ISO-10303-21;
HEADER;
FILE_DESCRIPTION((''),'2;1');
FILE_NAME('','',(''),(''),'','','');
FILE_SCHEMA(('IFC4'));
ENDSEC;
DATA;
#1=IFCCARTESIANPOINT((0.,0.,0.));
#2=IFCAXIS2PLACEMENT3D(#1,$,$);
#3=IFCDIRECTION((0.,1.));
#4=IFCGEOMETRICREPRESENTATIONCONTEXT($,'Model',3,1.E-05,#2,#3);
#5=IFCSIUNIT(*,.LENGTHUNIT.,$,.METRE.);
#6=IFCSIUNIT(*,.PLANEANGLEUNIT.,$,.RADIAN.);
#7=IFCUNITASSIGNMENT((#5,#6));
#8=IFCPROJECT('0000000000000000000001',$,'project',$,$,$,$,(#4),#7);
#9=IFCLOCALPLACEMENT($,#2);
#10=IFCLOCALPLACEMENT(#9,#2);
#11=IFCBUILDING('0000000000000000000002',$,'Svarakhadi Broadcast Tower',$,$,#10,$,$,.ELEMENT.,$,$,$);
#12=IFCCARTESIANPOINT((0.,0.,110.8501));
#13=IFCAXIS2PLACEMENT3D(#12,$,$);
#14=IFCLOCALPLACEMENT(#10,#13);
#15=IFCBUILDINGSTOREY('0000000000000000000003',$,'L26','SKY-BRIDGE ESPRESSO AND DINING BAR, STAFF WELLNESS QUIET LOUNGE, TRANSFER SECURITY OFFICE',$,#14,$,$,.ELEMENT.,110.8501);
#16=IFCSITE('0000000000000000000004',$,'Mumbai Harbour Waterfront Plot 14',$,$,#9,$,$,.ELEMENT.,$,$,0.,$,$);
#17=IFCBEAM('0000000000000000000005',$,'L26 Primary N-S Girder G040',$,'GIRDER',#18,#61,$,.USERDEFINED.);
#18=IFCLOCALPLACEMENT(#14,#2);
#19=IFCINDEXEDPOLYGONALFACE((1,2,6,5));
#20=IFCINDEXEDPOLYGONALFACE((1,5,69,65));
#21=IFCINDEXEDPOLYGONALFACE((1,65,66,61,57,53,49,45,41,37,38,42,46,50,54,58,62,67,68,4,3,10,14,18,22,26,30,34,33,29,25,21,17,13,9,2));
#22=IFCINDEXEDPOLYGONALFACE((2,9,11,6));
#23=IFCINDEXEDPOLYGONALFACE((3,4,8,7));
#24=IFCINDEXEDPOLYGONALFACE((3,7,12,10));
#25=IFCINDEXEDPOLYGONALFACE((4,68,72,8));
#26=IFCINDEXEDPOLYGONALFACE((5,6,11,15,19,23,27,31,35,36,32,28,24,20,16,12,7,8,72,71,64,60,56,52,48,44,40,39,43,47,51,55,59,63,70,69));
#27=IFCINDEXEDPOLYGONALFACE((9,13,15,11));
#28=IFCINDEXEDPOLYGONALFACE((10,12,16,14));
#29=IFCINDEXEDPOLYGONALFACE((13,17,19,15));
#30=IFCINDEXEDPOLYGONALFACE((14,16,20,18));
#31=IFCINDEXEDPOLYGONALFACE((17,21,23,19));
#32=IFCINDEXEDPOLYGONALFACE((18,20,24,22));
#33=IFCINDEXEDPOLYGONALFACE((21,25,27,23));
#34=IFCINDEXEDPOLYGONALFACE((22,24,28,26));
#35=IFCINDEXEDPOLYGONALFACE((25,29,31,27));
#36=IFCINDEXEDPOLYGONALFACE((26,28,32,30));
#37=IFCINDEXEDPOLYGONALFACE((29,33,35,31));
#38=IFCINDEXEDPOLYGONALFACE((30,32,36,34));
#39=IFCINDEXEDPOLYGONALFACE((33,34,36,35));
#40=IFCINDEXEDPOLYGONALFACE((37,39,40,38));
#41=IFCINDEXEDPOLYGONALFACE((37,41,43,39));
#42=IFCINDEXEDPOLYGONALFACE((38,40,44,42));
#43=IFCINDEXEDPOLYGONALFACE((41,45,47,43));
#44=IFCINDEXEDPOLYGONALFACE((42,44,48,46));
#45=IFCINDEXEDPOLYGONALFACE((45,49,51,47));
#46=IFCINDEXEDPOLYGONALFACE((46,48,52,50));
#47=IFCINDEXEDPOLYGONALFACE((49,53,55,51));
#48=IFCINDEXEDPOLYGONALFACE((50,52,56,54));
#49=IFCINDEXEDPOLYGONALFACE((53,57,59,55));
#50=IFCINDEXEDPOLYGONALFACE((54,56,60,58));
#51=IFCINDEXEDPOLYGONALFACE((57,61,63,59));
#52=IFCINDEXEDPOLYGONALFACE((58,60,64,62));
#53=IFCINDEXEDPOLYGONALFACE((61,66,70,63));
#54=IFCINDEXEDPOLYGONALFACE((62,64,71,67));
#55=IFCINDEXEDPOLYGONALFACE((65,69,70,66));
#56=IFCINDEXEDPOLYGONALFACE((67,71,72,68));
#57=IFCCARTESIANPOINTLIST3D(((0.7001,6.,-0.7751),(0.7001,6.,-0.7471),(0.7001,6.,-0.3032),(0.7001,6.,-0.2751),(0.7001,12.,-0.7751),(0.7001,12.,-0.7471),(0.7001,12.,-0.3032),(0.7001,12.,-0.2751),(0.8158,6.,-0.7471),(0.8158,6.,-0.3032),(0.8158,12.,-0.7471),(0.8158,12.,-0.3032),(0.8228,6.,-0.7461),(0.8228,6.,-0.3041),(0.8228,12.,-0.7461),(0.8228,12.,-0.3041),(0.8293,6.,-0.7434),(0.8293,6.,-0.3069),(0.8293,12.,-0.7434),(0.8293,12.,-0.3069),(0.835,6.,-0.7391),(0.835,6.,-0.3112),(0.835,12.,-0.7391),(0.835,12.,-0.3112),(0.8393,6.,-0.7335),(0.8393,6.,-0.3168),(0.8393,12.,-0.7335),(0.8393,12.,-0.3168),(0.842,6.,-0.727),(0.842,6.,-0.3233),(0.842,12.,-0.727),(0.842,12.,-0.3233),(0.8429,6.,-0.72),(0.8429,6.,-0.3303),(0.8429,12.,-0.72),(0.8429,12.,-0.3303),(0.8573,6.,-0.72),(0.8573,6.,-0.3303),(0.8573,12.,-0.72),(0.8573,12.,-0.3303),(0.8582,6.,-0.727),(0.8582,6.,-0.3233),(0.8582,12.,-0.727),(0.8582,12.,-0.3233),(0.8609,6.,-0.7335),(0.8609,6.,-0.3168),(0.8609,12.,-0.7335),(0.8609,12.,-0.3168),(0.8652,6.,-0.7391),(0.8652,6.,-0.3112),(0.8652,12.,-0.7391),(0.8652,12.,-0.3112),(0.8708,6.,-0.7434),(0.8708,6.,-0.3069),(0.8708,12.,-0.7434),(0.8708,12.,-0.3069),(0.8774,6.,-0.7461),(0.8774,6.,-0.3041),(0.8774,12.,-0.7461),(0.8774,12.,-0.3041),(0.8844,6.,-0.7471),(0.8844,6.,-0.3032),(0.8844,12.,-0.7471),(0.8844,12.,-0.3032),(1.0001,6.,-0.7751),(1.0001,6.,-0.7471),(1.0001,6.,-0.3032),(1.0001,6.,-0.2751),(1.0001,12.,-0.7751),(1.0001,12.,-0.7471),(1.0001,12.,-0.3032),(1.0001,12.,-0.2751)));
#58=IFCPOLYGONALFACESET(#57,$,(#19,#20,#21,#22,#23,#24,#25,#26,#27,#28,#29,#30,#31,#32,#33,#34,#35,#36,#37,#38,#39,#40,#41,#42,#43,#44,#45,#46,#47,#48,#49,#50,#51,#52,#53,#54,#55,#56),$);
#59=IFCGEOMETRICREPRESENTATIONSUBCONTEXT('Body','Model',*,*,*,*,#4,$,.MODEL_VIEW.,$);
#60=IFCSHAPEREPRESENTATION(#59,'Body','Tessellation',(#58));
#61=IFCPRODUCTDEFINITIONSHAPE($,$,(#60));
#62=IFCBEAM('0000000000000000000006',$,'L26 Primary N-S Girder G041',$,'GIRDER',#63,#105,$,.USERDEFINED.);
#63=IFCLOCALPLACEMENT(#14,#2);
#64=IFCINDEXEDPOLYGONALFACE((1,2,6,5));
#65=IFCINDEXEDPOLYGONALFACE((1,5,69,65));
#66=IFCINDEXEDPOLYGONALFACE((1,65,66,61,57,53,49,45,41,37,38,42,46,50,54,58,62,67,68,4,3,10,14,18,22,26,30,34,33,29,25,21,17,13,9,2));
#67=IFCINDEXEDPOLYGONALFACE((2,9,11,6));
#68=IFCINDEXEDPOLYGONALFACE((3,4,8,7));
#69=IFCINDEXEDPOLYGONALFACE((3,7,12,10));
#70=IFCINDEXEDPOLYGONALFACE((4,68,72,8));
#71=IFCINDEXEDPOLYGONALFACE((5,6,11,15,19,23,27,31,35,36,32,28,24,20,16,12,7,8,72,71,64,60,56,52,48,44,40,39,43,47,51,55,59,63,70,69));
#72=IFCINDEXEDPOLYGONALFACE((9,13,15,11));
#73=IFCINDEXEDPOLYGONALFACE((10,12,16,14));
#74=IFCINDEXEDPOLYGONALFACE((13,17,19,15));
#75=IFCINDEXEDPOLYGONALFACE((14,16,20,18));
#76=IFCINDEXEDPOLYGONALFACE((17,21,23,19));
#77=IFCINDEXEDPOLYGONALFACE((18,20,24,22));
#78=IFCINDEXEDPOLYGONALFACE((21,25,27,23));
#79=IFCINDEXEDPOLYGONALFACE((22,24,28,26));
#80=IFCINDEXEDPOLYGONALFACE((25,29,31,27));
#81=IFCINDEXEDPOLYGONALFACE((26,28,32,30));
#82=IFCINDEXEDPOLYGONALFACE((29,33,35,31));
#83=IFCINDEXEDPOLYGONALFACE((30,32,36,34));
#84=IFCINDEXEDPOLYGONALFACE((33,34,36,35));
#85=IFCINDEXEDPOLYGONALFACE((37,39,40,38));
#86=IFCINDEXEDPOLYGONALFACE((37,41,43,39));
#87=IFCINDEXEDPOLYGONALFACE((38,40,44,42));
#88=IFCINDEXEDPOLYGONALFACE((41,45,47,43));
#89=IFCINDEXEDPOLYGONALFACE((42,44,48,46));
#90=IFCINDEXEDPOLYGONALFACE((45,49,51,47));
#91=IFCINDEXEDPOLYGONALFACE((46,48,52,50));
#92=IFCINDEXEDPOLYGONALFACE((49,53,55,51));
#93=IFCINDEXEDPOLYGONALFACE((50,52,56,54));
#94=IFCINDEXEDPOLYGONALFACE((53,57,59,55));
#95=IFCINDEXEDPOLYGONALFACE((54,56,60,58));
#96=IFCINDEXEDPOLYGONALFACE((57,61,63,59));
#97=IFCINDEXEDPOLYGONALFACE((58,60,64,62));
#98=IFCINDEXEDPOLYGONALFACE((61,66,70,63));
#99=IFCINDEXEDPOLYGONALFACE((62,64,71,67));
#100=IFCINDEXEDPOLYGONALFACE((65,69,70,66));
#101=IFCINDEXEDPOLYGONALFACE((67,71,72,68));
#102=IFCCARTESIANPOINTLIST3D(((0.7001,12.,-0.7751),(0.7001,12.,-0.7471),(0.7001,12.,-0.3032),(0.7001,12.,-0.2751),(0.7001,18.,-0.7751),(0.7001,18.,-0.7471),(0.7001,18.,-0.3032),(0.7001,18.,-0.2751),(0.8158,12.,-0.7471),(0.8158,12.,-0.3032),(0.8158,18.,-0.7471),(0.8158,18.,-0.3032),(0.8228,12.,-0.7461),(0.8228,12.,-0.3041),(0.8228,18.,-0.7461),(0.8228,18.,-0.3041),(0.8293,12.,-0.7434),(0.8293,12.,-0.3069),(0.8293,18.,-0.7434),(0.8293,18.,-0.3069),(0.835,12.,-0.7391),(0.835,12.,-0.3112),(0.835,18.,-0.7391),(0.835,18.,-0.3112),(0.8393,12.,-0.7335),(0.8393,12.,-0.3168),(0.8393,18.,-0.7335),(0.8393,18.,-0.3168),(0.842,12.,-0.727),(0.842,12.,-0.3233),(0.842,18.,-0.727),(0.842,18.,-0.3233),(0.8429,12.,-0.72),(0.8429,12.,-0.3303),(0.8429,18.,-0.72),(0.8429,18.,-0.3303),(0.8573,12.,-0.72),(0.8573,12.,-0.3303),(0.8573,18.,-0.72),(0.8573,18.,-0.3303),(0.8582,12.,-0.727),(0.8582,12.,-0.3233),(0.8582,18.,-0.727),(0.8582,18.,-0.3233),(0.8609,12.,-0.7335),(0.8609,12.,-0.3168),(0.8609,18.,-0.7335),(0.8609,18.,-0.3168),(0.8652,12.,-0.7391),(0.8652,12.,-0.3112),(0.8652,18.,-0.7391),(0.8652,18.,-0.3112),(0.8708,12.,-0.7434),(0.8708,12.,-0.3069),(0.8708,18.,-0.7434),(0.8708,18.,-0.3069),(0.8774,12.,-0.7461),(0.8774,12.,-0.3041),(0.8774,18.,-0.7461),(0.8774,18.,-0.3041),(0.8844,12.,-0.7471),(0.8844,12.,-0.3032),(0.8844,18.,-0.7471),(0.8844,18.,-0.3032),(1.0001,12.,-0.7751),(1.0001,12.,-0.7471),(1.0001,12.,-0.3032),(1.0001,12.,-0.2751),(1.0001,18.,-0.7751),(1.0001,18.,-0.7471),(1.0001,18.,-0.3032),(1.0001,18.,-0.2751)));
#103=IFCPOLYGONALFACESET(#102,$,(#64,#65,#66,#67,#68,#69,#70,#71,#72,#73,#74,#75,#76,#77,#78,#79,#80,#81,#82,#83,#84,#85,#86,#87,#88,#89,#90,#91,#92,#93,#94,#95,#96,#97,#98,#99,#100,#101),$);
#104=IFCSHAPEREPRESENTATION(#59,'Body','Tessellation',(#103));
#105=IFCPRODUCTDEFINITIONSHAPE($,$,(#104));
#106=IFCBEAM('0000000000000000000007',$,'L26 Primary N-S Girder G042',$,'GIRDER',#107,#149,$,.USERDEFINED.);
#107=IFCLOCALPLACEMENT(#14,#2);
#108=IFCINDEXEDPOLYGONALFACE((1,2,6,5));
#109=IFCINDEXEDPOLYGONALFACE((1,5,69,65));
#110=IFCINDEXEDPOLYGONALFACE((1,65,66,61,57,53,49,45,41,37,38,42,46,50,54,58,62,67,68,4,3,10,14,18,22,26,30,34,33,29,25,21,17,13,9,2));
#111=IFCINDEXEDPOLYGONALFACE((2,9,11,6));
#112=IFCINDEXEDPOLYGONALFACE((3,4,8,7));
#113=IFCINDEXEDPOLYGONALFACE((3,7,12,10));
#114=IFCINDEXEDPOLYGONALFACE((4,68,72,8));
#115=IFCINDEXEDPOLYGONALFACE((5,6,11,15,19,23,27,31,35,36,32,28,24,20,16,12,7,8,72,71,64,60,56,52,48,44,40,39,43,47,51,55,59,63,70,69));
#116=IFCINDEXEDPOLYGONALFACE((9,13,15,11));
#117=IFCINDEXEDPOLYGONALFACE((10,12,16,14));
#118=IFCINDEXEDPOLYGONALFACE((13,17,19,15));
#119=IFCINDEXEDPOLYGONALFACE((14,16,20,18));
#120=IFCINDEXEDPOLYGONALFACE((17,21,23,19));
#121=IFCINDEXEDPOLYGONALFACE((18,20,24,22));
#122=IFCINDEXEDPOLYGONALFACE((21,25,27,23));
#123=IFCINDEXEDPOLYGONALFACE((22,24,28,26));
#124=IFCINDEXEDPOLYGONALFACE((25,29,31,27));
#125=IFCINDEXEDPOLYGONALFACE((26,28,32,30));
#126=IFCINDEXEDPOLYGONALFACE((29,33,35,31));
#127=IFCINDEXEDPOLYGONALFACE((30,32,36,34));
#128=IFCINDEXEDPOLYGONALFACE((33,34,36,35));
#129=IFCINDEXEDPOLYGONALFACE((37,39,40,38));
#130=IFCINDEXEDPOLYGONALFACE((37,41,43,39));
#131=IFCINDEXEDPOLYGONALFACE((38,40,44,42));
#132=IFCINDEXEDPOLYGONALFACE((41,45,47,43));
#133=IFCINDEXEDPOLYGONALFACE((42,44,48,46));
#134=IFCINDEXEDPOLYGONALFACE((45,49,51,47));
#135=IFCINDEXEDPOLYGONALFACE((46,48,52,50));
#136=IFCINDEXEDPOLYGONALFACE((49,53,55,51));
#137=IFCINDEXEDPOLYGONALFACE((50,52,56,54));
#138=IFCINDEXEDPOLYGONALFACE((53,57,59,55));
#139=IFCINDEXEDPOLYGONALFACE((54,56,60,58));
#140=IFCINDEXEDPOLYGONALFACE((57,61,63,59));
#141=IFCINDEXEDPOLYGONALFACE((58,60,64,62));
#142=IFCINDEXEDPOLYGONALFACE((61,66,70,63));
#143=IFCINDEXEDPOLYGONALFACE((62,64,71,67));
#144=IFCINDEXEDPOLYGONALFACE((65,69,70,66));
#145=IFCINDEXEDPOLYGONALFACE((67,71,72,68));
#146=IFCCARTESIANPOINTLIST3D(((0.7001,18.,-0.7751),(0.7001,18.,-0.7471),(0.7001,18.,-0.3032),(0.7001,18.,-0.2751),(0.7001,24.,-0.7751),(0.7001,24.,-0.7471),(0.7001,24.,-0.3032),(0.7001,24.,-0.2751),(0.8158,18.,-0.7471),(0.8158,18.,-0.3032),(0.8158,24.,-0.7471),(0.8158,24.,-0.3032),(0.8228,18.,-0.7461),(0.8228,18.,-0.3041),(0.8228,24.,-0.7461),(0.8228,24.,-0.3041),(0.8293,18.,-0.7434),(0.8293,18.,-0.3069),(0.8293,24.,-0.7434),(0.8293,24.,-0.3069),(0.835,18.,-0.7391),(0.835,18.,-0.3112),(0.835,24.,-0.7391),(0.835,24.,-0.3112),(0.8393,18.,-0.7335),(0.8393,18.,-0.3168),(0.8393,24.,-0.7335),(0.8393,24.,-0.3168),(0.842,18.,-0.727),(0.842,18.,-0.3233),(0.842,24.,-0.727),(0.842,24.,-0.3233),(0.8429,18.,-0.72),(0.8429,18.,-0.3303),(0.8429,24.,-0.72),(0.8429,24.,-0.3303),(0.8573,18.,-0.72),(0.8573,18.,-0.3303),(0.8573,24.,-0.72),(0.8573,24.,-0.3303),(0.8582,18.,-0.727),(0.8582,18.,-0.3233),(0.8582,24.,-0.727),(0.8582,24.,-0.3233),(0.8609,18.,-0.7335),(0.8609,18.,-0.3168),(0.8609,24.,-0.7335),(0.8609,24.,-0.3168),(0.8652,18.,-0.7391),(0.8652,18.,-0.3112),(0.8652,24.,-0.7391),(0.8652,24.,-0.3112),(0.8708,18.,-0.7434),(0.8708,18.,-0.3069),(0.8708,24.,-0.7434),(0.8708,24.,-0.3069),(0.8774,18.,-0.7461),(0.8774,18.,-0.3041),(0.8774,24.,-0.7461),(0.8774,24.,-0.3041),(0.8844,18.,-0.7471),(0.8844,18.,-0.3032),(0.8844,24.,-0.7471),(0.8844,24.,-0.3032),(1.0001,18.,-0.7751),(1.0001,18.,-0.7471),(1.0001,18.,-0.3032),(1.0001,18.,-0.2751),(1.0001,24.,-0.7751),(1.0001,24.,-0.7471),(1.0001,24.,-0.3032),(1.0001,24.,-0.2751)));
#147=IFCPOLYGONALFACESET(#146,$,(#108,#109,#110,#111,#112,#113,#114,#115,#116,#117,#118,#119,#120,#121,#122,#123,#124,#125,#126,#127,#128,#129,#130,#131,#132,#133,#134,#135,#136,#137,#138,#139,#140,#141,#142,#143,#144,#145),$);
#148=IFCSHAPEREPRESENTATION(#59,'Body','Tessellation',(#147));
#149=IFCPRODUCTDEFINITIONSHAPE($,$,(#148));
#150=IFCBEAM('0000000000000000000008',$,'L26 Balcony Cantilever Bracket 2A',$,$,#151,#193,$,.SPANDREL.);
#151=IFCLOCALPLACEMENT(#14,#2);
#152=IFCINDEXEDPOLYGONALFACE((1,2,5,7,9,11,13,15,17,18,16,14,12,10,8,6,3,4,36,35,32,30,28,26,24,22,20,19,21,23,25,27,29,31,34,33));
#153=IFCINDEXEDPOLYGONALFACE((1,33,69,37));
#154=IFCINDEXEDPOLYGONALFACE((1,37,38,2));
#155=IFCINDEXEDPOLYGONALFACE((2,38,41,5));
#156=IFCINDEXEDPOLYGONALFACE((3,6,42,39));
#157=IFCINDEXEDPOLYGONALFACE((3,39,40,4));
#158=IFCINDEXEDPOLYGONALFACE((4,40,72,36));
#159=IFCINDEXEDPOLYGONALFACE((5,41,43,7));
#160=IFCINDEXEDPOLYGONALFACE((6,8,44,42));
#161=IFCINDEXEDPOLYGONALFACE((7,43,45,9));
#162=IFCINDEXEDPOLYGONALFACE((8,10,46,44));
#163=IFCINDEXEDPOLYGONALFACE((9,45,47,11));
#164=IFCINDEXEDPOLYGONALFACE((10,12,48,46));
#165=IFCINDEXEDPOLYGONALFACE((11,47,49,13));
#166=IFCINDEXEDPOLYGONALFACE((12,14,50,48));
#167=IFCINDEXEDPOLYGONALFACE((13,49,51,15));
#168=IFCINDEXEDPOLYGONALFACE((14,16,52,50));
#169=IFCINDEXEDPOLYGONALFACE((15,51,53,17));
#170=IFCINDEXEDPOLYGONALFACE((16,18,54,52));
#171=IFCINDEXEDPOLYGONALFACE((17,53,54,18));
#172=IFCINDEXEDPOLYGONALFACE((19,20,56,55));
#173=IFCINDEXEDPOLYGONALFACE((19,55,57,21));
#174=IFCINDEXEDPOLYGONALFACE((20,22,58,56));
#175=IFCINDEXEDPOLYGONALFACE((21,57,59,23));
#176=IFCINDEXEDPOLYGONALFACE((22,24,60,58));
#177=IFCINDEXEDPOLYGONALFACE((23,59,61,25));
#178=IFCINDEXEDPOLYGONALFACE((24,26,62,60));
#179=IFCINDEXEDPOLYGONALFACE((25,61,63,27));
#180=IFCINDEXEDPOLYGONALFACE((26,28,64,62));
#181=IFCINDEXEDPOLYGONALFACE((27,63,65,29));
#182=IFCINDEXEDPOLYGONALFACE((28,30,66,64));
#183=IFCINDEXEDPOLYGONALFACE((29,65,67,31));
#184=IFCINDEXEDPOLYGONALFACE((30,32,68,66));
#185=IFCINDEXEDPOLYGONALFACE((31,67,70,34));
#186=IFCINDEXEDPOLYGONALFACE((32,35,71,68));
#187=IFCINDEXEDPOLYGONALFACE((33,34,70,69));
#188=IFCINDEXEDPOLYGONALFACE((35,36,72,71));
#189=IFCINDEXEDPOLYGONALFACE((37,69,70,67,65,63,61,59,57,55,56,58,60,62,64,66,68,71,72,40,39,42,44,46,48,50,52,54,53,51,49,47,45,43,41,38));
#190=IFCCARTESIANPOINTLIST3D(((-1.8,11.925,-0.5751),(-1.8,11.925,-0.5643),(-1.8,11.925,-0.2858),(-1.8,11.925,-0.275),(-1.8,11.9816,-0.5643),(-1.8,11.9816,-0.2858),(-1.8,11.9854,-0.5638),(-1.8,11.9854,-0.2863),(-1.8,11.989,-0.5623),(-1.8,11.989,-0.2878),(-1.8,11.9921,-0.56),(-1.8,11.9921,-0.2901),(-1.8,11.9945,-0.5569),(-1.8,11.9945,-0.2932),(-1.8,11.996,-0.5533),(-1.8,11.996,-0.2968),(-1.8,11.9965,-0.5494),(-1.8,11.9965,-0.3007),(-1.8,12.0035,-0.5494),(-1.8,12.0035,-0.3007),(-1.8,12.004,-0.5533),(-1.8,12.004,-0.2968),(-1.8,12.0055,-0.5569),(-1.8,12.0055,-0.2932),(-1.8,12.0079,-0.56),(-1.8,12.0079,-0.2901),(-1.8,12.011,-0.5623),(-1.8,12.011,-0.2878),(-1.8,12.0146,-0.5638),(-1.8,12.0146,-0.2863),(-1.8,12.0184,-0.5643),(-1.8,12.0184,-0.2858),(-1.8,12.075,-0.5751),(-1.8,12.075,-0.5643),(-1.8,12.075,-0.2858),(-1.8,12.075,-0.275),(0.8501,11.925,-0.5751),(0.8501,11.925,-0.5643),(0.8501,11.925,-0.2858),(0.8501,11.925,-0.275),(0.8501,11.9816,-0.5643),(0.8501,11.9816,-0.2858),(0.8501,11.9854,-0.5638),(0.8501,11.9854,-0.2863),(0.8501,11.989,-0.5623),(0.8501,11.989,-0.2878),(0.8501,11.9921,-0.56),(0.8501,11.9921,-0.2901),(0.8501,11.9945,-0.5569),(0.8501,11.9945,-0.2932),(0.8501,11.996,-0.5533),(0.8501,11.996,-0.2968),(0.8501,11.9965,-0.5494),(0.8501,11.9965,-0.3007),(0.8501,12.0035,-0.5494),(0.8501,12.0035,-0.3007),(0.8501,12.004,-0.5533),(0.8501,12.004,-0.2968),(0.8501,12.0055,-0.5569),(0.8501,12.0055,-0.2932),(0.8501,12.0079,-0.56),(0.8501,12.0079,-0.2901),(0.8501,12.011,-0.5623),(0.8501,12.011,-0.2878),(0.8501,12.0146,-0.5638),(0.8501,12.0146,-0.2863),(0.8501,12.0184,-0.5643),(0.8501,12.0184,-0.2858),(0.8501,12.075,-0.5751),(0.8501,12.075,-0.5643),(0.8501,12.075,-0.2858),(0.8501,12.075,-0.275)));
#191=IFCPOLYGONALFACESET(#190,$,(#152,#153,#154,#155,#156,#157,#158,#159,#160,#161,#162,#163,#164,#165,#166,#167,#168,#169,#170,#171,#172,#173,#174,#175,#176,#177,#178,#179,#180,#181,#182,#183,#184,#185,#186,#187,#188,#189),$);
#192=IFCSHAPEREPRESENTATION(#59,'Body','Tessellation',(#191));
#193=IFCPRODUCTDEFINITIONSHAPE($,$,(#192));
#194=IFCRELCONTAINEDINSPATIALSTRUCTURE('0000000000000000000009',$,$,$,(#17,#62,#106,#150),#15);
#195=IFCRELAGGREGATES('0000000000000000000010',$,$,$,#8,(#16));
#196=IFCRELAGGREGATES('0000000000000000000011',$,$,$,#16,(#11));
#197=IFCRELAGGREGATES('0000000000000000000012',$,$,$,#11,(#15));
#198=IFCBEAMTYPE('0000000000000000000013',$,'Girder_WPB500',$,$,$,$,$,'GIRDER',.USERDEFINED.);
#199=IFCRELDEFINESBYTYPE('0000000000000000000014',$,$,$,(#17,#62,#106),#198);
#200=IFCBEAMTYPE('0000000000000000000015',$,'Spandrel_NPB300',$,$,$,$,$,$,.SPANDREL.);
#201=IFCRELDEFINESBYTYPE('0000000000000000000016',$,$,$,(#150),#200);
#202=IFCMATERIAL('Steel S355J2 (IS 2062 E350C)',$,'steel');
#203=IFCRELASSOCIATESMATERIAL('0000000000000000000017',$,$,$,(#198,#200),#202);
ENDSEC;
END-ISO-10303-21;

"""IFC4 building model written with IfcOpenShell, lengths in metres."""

from ifc_helpers import new_model, si_unit, direction, frame, origin, origin_2d, place, context, subcontext, project, spatial, i_section, extrude, material, material_profile, profile_set, type_object, element, save


model = new_model("IFC4")

# Units and contexts
model_context = context("Model", 3, precision=1e-05, world=origin(), true_north=direction((0.0, 1.0)))
body_context = subcontext(model_context, "Body", "Model", "MODEL_VIEW")
ifc_project = project(units=[si_unit("LENGTHUNIT", "METRE"), si_unit("PLANEANGLEUNIT", "RADIAN")], contexts=[model_context])

# Site, building, storey
site_placement = place(None, origin())
site = spatial("IfcSite", under=ifc_project, at=site_placement, Name="Mumbai Harbour Waterfront Plot 14", CompositionType="ELEMENT", RefElevation=0.0)
building_placement = place(site_placement, origin())
building = spatial("IfcBuilding", under=site, at=building_placement, Name="Svarakhadi Broadcast Tower", CompositionType="ELEMENT")
storey_placement = place(building_placement, frame((0.0, 0.0, 110.8501)))
storey = spatial("IfcBuildingStorey", under=building, at=storey_placement, Name="L26", Description="SKY-BRIDGE ESPRESSO AND DINING BAR, STAFF WELLNESS QUIET LOUNGE, TRANSFER SECURITY OFFICE", CompositionType="ELEMENT", Elevation=110.8501)

# Shared definitions
ifc_material_1 = material(Name="Steel S355J2 (IS 2062 E350C)", Category="steel")

# Beams
ifc_material_profile_1 = material_profile(ifc_material_1, i_section(OverallWidth=0.3, OverallDepth=0.5, WebThickness=0.0144, FlangeThickness=0.0281, FilletRadius=0.0271, at=origin_2d()), Name="WPB 500x300x187")
ifc_profile_set_1 = profile_set([ifc_material_profile_1], Name="Steel S355J2 (IS 2062 E350C)")
beam_type_1 = type_object("IfcBeamType", Name="Girder_WPB500", ElementType="GIRDER", PredefinedType="USERDEFINED", material=ifc_profile_set_1)
for number, where, z_axis, x_axis, name in (
    (1, (0.8501, 6.0, -0.5251), (0.0, 1.0, 0.0), (-1.0, 0.0, 0.0), "L26 Primary N-S Girder G040"),
    (2, (0.8501, 12.0, -0.5251), (0.0, 1.0, 0.0), (-1.0, 0.0, 0.0), "L26 Primary N-S Girder G041"),
    (3, (0.8501, 18.0, -0.5251), (0.0, 1.0, 0.0), (-1.0, 0.0, 0.0), "L26 Primary N-S Girder G042"),
):
    element("IfcBeam", number, at=place(storey_placement, frame(where, z_axis=z_axis, x_axis=x_axis)), inside=storey, type_object=beam_type_1, Name=name, ObjectType="GIRDER", PredefinedType="USERDEFINED", context=body_context, shape_type="SweptSolid", body=[
        extrude(i_section(OverallWidth=0.3, OverallDepth=0.5, WebThickness=0.0144, FlangeThickness=0.0281, FilletRadius=0.0271, at=origin_2d()), origin(), (0.0, 0.0, 1.0), 6.0),
    ])
ifc_material_profile_2 = material_profile(ifc_material_1, i_section(OverallWidth=0.1499, OverallDepth=0.3, WebThickness=0.0071, FlangeThickness=0.0107, FilletRadius=0.0149, at=origin_2d()), Name="NPB 300x150x37")
ifc_profile_set_2 = profile_set([ifc_material_profile_2], Name="Steel S355J2 (IS 2062 E350C)")
beam_type_2 = type_object("IfcBeamType", Name="Spandrel_NPB300", PredefinedType="SPANDREL", material=ifc_profile_set_2)
beam_1_placement = place(storey_placement, frame((0.8501, 12.0, -0.425), z_axis=(-1.0, 0.0, 0.0), x_axis=(0.0, -1.0, 0.0)))
element("IfcBeam", 4, at=beam_1_placement, inside=storey, type_object=beam_type_2, Name="L26 Balcony Cantilever Bracket 2A", PredefinedType="SPANDREL", context=body_context, shape_type="SweptSolid", body=[
    extrude(i_section(OverallWidth=0.1499, OverallDepth=0.3, WebThickness=0.0071, FlangeThickness=0.0107, FilletRadius=0.0149, at=origin_2d()), origin(), (0.0, 0.0, 1.0), 2.6501),
])

save(model, "model.ifc")
